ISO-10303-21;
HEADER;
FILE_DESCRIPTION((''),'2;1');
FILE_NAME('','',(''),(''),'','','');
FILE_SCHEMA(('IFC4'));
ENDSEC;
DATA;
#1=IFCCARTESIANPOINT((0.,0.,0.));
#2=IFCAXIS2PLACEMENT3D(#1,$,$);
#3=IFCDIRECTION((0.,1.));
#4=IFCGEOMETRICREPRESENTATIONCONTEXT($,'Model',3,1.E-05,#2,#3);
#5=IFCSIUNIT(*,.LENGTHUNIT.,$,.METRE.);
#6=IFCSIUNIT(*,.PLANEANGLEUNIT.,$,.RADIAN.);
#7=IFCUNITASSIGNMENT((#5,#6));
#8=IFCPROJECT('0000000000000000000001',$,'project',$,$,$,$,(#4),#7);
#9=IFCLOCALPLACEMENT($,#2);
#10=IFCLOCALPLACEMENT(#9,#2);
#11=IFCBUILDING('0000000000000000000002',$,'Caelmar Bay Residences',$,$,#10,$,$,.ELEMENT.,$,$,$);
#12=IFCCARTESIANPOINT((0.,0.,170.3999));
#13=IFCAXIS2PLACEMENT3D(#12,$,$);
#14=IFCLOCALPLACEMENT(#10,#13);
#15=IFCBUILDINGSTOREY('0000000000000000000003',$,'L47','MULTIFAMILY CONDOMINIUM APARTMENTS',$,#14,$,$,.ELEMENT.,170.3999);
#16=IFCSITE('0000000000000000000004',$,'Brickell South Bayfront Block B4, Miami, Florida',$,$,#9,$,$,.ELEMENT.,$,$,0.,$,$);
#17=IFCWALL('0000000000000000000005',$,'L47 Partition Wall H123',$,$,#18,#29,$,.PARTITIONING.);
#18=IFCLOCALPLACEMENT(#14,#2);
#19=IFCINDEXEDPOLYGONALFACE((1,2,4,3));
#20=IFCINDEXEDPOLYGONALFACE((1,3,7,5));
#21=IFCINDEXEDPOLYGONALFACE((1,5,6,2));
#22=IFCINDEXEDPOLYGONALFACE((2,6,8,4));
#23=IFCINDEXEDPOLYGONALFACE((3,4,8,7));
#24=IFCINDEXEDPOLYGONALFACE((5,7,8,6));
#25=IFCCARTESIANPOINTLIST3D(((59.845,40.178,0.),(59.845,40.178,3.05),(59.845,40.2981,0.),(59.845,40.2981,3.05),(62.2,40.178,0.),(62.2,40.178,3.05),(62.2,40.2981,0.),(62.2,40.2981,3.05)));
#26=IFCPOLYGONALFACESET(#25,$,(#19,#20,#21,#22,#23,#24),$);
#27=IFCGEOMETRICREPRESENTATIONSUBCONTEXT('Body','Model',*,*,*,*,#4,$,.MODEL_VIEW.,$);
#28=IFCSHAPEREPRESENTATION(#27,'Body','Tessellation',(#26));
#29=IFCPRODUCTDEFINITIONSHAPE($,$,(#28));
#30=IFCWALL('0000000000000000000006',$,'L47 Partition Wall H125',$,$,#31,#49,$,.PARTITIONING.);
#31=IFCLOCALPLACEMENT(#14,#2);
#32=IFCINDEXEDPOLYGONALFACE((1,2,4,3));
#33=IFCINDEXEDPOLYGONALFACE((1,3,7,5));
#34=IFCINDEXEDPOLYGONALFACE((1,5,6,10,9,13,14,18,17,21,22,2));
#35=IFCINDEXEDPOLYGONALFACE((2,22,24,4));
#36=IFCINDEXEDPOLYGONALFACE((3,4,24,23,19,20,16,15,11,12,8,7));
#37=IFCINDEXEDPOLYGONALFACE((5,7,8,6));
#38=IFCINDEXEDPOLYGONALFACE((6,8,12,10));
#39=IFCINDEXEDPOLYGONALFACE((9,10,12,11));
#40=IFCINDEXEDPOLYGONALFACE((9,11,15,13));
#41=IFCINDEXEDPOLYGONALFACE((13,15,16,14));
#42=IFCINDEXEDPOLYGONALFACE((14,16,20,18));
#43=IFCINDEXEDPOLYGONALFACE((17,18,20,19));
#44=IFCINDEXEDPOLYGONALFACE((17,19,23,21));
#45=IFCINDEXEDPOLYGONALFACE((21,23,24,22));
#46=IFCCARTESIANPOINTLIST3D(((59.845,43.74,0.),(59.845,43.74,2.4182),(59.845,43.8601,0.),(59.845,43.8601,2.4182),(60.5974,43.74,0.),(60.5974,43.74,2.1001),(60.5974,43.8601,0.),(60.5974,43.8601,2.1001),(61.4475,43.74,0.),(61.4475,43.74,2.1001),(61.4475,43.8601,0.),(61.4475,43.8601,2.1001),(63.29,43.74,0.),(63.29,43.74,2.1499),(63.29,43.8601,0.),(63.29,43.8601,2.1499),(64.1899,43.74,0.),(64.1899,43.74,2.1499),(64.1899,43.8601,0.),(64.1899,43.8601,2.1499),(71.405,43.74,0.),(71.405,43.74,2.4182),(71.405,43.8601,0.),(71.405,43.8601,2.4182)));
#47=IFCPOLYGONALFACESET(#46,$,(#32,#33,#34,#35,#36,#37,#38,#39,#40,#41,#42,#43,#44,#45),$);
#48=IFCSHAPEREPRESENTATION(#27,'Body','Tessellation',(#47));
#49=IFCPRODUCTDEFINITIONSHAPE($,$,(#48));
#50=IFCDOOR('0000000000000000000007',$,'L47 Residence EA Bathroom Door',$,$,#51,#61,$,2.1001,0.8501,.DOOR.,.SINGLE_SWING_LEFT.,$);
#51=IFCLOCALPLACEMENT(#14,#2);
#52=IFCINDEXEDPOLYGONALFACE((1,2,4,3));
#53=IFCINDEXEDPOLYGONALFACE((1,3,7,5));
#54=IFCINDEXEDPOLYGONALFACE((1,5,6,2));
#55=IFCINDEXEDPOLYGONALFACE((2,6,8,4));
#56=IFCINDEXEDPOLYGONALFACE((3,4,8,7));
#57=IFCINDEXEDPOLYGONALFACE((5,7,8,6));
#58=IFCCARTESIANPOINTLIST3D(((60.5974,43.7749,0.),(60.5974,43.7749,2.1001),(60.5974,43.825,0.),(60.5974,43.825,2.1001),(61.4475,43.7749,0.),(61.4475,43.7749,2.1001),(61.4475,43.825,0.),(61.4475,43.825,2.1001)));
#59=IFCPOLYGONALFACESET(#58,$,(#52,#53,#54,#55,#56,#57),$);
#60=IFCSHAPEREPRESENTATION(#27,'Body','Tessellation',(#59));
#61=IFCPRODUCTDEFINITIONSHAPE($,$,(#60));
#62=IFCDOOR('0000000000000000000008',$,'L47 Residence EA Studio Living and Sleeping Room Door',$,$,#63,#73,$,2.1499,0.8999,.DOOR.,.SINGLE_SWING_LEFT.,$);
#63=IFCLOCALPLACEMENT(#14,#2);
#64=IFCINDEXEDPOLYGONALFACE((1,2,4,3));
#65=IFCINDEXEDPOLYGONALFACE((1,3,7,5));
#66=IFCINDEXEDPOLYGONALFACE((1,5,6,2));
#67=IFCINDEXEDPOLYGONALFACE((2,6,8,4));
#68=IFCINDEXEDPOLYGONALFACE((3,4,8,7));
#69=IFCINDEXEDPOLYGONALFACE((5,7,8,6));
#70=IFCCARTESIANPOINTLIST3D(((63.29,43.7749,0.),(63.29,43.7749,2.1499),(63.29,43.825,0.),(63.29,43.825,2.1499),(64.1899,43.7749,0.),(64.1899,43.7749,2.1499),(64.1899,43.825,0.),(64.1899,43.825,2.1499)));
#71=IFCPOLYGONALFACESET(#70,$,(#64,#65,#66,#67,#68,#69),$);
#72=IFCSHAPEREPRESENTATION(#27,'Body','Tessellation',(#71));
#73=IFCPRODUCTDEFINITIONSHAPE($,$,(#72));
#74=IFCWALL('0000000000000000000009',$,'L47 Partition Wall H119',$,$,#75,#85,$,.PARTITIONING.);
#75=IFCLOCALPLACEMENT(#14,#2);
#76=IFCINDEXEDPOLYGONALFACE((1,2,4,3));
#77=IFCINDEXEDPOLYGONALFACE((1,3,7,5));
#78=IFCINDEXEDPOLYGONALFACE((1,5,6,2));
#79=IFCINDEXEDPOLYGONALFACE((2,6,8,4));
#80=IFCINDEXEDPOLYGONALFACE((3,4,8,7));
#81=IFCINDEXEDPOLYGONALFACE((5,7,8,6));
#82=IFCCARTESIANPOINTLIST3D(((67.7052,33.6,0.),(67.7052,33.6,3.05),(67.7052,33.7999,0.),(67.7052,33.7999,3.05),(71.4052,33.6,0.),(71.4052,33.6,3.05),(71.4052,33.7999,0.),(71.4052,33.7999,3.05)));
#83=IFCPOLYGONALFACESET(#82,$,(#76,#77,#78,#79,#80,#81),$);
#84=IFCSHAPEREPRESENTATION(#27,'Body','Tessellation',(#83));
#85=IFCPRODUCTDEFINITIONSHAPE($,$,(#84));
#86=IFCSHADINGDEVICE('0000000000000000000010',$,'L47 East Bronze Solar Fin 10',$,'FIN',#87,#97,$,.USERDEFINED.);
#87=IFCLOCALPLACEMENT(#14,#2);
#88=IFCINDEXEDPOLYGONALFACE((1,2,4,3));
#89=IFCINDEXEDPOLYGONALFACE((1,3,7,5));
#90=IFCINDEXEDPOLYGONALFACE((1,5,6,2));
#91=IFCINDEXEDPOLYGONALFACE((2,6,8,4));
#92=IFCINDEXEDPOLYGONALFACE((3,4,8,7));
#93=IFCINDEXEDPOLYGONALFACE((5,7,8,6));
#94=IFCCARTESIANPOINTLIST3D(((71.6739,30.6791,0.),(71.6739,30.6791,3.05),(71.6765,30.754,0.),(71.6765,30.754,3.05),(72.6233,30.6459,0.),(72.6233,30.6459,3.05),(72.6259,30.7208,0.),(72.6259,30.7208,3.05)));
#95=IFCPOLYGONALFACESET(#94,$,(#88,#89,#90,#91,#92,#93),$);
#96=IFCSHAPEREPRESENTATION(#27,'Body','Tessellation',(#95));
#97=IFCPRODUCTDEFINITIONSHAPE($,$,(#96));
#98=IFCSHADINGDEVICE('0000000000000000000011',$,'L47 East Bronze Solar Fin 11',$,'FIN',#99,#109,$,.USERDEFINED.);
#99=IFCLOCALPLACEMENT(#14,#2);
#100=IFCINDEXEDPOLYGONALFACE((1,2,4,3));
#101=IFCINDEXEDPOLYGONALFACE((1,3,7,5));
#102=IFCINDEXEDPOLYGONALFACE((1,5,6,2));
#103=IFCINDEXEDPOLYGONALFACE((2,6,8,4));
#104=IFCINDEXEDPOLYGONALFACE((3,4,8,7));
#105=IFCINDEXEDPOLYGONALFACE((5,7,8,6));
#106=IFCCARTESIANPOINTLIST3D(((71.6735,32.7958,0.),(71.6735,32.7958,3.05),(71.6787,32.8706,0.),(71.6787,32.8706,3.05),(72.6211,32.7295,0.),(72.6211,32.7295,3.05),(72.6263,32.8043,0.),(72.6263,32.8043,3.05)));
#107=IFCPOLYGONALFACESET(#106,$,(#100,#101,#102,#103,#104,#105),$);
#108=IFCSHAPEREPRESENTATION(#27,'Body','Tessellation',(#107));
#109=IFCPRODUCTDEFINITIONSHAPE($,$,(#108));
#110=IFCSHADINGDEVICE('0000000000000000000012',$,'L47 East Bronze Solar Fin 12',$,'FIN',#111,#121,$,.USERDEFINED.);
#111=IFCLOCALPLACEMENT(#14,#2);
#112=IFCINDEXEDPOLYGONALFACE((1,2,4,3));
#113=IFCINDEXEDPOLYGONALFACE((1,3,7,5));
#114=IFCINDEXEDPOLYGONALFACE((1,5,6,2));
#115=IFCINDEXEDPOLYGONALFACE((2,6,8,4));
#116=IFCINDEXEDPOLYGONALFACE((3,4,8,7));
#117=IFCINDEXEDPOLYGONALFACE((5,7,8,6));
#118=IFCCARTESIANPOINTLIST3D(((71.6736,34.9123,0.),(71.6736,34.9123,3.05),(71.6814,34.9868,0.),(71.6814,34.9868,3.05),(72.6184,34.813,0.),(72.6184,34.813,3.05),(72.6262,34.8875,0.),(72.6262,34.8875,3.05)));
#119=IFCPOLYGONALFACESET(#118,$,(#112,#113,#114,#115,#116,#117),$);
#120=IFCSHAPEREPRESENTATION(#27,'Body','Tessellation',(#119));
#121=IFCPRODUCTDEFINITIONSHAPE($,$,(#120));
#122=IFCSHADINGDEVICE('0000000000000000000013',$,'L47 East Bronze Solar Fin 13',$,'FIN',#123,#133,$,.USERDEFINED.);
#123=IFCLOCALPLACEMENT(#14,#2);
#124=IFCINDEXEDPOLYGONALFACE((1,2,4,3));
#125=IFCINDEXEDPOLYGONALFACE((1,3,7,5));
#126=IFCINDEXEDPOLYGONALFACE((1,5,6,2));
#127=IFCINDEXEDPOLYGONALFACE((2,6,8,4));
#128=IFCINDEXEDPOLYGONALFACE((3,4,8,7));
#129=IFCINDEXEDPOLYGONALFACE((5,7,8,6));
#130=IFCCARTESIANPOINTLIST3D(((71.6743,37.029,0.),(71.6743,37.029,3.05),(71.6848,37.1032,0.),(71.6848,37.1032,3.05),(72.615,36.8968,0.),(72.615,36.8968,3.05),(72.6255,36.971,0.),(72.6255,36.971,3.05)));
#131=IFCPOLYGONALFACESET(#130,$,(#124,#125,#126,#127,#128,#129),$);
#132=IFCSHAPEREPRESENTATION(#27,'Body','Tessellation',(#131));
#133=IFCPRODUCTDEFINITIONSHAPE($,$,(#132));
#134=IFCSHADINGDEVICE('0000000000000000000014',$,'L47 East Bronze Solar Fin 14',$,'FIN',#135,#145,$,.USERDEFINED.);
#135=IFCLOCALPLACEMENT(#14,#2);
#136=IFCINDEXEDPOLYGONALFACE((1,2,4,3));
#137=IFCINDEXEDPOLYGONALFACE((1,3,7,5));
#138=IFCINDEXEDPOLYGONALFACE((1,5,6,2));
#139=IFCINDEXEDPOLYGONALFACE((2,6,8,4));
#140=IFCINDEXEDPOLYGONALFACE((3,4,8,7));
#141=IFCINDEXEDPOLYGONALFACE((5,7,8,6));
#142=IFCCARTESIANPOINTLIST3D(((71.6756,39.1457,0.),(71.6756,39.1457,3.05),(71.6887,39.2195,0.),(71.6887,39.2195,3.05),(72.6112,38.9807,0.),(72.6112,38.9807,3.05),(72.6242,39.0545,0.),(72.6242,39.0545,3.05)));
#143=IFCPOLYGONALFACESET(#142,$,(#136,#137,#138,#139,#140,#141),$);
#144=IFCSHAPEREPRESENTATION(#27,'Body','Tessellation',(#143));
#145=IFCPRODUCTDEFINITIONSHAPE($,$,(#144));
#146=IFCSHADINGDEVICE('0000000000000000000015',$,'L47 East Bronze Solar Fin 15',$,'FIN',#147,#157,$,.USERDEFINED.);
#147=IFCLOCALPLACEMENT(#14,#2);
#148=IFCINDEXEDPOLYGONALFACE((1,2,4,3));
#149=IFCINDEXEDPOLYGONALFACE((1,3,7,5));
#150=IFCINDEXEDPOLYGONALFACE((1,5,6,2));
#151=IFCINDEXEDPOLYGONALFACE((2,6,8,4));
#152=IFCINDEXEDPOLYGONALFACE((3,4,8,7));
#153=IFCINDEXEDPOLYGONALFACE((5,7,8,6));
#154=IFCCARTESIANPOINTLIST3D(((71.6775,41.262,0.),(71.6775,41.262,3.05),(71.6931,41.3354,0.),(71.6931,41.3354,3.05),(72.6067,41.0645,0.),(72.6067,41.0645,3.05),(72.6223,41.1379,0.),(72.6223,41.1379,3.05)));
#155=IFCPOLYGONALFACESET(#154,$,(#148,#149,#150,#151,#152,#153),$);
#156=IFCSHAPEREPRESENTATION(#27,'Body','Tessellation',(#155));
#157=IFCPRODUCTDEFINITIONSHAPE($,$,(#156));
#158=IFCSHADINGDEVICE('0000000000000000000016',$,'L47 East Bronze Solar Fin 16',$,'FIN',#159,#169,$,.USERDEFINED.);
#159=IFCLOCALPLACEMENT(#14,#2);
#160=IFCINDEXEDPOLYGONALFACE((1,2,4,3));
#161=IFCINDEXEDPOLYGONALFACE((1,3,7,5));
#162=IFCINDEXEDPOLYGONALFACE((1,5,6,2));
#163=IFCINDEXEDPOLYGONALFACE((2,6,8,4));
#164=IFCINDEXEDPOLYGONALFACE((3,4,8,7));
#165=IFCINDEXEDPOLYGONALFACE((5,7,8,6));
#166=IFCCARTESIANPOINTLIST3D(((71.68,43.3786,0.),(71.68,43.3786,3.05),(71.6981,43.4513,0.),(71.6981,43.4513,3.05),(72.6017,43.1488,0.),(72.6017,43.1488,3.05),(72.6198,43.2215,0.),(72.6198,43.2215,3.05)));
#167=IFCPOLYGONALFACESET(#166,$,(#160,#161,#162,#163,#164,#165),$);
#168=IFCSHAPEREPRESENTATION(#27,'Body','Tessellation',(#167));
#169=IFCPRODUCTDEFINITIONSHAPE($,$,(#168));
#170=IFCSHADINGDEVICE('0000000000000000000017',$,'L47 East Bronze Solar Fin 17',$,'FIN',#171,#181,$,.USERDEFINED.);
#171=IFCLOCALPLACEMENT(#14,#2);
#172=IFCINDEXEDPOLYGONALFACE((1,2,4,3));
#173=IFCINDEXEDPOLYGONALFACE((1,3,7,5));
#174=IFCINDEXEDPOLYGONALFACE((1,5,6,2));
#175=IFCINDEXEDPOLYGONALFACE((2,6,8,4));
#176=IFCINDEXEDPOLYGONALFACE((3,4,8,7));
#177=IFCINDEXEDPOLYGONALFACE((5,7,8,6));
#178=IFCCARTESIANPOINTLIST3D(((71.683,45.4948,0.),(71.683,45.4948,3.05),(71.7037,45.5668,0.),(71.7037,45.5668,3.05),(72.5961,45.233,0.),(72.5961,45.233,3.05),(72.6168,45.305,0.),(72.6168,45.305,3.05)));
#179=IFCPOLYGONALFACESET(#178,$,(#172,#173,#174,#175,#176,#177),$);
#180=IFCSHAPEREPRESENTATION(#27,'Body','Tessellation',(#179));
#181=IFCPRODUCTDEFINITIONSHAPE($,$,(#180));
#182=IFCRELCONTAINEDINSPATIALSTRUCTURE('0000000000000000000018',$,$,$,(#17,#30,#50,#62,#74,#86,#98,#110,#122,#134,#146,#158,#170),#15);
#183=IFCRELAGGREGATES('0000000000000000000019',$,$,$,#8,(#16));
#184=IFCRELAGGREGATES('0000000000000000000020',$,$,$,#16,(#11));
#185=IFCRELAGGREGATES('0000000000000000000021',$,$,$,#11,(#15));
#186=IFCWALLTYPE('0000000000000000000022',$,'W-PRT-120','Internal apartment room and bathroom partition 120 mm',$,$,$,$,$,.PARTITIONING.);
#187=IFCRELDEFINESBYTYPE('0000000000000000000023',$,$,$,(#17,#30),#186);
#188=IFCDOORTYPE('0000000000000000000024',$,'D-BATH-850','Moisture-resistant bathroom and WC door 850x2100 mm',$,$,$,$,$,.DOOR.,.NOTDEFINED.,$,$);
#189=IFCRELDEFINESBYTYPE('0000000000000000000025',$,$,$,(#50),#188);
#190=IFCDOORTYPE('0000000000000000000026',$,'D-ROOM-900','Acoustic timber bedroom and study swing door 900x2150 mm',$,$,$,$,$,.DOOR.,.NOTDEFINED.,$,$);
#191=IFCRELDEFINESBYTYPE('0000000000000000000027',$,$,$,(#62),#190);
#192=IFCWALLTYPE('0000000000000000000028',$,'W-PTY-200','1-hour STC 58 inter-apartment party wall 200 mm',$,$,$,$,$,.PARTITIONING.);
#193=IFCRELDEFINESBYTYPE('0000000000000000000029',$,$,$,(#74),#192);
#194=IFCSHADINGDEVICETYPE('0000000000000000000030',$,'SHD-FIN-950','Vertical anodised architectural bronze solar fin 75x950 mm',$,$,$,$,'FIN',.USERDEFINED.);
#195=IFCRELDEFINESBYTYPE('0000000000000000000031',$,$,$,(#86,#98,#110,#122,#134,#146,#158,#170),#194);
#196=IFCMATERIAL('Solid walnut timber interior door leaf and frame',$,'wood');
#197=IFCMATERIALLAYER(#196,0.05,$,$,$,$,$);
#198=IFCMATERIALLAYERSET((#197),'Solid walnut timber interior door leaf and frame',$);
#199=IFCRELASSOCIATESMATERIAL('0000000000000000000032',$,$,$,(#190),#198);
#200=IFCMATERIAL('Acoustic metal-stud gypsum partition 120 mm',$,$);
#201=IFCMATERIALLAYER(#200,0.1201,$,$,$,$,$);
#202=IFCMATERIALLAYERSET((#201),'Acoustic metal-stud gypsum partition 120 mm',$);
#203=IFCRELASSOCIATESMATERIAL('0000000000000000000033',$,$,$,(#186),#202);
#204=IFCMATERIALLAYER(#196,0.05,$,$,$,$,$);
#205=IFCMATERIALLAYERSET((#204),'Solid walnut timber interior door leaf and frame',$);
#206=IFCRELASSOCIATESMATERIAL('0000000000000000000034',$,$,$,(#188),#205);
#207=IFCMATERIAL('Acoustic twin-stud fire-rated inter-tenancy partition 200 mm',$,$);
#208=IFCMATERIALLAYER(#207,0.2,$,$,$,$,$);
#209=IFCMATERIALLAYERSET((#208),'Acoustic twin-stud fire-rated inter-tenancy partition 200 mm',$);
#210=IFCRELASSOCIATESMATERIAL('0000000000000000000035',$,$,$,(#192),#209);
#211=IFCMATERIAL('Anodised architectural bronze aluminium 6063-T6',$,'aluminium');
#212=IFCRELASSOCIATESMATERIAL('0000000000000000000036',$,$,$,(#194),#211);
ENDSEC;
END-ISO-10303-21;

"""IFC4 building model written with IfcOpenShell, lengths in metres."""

from ifc_helpers import new_model, si_unit, direction, frame, frame_2d, origin, origin_2d, place, context, subcontext, project, spatial, rectangle, extrude, material, layer, layer_set, material_profile, profile_set, type_object, element, fill, save


model = new_model("IFC4")

# Units and contexts
model_context = context("Model", 3, precision=1e-05, world=origin(), true_north=direction((0.0, 1.0)))
body_context = subcontext(model_context, "Body", "Model", "MODEL_VIEW")
ifc_project = project(units=[si_unit("LENGTHUNIT", "METRE"), si_unit("PLANEANGLEUNIT", "RADIAN")], contexts=[model_context])

# Site, building, storey
site_placement = place(None, origin())
site = spatial("IfcSite", under=ifc_project, at=site_placement, Name="Brickell South Bayfront Block B4, Miami, Florida", CompositionType="ELEMENT", RefElevation=0.0)
building_placement = place(site_placement, origin())
building = spatial("IfcBuilding", under=site, at=building_placement, Name="Caelmar Bay Residences", CompositionType="ELEMENT")
storey_placement = place(building_placement, frame((0.0, 0.0, 170.3999)))
storey = spatial("IfcBuildingStorey", under=building, at=storey_placement, Name="L47", Description="MULTIFAMILY CONDOMINIUM APARTMENTS", CompositionType="ELEMENT", Elevation=170.3999)

# Shared definitions
ifc_material_1 = material(Name="Solid walnut timber interior door leaf and frame", Category="wood")
ifc_layer_1 = layer(ifc_material_1, 0.05)
ifc_layer_set_1 = layer_set([ifc_layer_1], Name="Solid walnut timber interior door leaf and frame")
door_type_1 = type_object("IfcDoorType", Name="D-ROOM-900", Description="Acoustic timber bedroom and study swing door 900x2150 mm", OperationType="NOTDEFINED", PredefinedType="DOOR", material=ifc_layer_set_1)
ifc_material_2 = material(Name="Acoustic metal-stud gypsum partition 120 mm")
ifc_layer_2 = layer(ifc_material_2, 0.1201)
ifc_layer_set_2 = layer_set([ifc_layer_2], Name="Acoustic metal-stud gypsum partition 120 mm")
wall_type_1 = type_object("IfcWallType", Name="W-PRT-120", Description="Internal apartment room and bathroom partition 120 mm", PredefinedType="PARTITIONING", material=ifc_layer_set_2)
ifc_layer_3 = layer(ifc_material_1, 0.05)
ifc_layer_set_3 = layer_set([ifc_layer_3], Name="Solid walnut timber interior door leaf and frame")
door_type_2 = type_object("IfcDoorType", Name="D-BATH-850", Description="Moisture-resistant bathroom and WC door 850x2100 mm", OperationType="NOTDEFINED", PredefinedType="DOOR", material=ifc_layer_set_3)

# Wall
wall_1_placement = place(storey_placement, frame((59.845, 40.238, 0.0), z_axis=(0.0, 0.0, 1.0), x_axis=(1.0, 0.0, 0.0)))
element("IfcWall", 1, at=wall_1_placement, inside=storey, type_object=wall_type_1, Name="L47 Partition Wall H123", PredefinedType="PARTITIONING", context=body_context, shape_type="SweptSolid", body=[
    extrude(rectangle(XDim=2.355, YDim=0.1201, at=frame_2d((1.1775, 0.0))), origin(), (0.0, 0.0, 1.0), 3.05),
])

# Wall, openings, doors
wall_2_placement = place(storey_placement, frame((59.845, 43.8, 0.0), z_axis=(0.0, 0.0, 1.0), x_axis=(1.0, 0.0, 0.0)))
wall_2 = element("IfcWall", 2, at=wall_2_placement, inside=storey, type_object=wall_type_1, Name="L47 Partition Wall H125", PredefinedType="PARTITIONING", context=body_context, shape_type="SweptSolid", body=[
    extrude(rectangle(XDim=11.5601, YDim=0.1201, at=frame_2d((5.78, 0.0))), origin(), (0.0, 0.0, 1.0), 2.4182),
])
opening_1_placement = place(wall_2_placement, frame((3.4451, 0.0, 0.0)))
opening_1 = element("IfcOpeningElement", 3, at=opening_1_placement, cuts=wall_2, PredefinedType="OPENING", context=body_context, shape_type="SweptSolid", body=[
    extrude(rectangle(XDim=0.8999, YDim=2.1499, at=frame_2d((0.45, 1.075))), frame((0.0, 0.0701, 0.0), z_axis=(0.0, -1.0, 0.0), x_axis=(1.0, 0.0, 0.0)), (0.0, 0.0, 1.0), 0.1401),
])
opening_2_placement = place(wall_2_placement, frame((0.7524, 0.0, 0.0)))
opening_2 = element("IfcOpeningElement", 4, at=opening_2_placement, cuts=wall_2, PredefinedType="OPENING", context=body_context, shape_type="SweptSolid", body=[
    extrude(rectangle(XDim=0.8501, YDim=2.1001, at=frame_2d((0.425, 1.05))), frame((0.0, 0.0701, 0.0), z_axis=(0.0, -1.0, 0.0), x_axis=(1.0, 0.0, 0.0)), (0.0, 0.0, 1.0), 0.1401),
])
door_1_placement = place(opening_2_placement, origin())
door_1 = element("IfcDoor", 5, at=door_1_placement, inside=storey, type_object=door_type_2, Name="L47 Residence EA Bathroom Door", OperationType="SINGLE_SWING_LEFT", OverallHeight=2.1001, OverallWidth=0.8501, PredefinedType="DOOR", context=body_context, shape_type="SweptSolid", body=[
    extrude(rectangle(XDim=0.8501, YDim=2.1001, at=frame_2d((0.425, 1.05))), frame((0.0, 0.0249, 0.0), z_axis=(0.0, -1.0, 0.0), x_axis=(1.0, 0.0, 0.0)), (0.0, 0.0, 1.0), 0.05),
])
fill(opening_2, door_1)
door_2_placement = place(opening_1_placement, origin())
door_2 = element("IfcDoor", 6, at=door_2_placement, inside=storey, type_object=door_type_1, Name="L47 Residence EA Studio Living and Sleeping Room Door", OperationType="SINGLE_SWING_LEFT", OverallHeight=2.1499, OverallWidth=0.8999, PredefinedType="DOOR", context=body_context, shape_type="SweptSolid", body=[
    extrude(rectangle(XDim=0.8999, YDim=2.1499, at=frame_2d((0.45, 1.075))), frame((0.0, 0.0249, 0.0), z_axis=(0.0, -1.0, 0.0), x_axis=(1.0, 0.0, 0.0)), (0.0, 0.0, 1.0), 0.05),
])
fill(opening_1, door_2)

# Wall
ifc_material_3 = material(Name="Acoustic twin-stud fire-rated inter-tenancy partition 200 mm")
ifc_layer_4 = layer(ifc_material_3, 0.2)
ifc_layer_set_4 = layer_set([ifc_layer_4], Name="Acoustic twin-stud fire-rated inter-tenancy partition 200 mm")
wall_type_2 = type_object("IfcWallType", Name="W-PTY-200", Description="1-hour STC 58 inter-apartment party wall 200 mm", PredefinedType="PARTITIONING", material=ifc_layer_set_4)
wall_3_placement = place(storey_placement, frame((67.7051, 33.7, 0.0), z_axis=(0.0, 0.0, 1.0), x_axis=(1.0, 0.0, 0.0)))
element("IfcWall", 7, at=wall_3_placement, inside=storey, type_object=wall_type_2, Name="L47 Partition Wall H119", PredefinedType="PARTITIONING", context=body_context, shape_type="SweptSolid", body=[
    extrude(rectangle(XDim=3.7, YDim=0.2, at=frame_2d((1.8501, 0.0))), origin(), (0.0, 0.0, 1.0), 3.05),
])

# Shading devices
ifc_material_4 = material(Name="Anodised architectural bronze aluminium 6063-T6", Category="aluminium")
ifc_material_profile_1 = material_profile(ifc_material_4, rectangle(XDim=0.075, YDim=0.95, at=origin_2d()), Name="BRONZE-FIN-75X950")
ifc_profile_set_1 = profile_set([ifc_material_profile_1], Name="Anodised architectural bronze aluminium 6063-T6")
shading_device_type = type_object("IfcShadingDeviceType", Name="SHD-FIN-950", Description="Vertical anodised architectural bronze solar fin 75x950 mm", ElementType="FIN", PredefinedType="USERDEFINED", material=ifc_profile_set_1)
for number, where, z_axis, x_axis, name in (
    (8, (72.1499, 30.7, 0.0), (0.0, 0.0, 1.0), (0.034899, 0.999391, 0.0), "L47 East Bronze Solar Fin 10"),
    (9, (72.1499, 32.8, 0.0), (0.0, 0.0, 1.0), (0.069756, 0.997564, 0.0), "L47 East Bronze Solar Fin 11"),
    (10, (72.1499, 34.8999, 0.0), (0.0, 0.0, 1.0), (0.104528, 0.994522, 0.0), "L47 East Bronze Solar Fin 12"),
    (11, (72.1499, 37.0, 0.0), (0.0, 0.0, 1.0), (0.139173, 0.990268, 0.0), "L47 East Bronze Solar Fin 13"),
    (12, (72.1499, 39.1001, 0.0), (0.0, 0.0, 1.0), (0.173648, 0.984808, 0.0), "L47 East Bronze Solar Fin 14"),
    (13, (72.1499, 41.2, 0.0), (0.0, 0.0, 1.0), (0.207912, 0.978148, 0.0), "L47 East Bronze Solar Fin 15"),
    (14, (72.1499, 43.3, 0.0), (0.0, 0.0, 1.0), (0.241922, 0.970296, 0.0), "L47 East Bronze Solar Fin 16"),
    (15, (72.1499, 45.3999, 0.0), (0.0, 0.0, 1.0), (0.275637, 0.961262, 0.0), "L47 East Bronze Solar Fin 17"),
):
    element("IfcShadingDevice", number, at=place(storey_placement, frame(where, z_axis=z_axis, x_axis=x_axis)), inside=storey, type_object=shading_device_type, Name=name, ObjectType="FIN", PredefinedType="USERDEFINED", context=body_context, shape_type="SweptSolid", body=[
        extrude(rectangle(XDim=0.075, YDim=0.95, at=origin_2d()), origin(), (0.0, 0.0, 1.0), 3.05),
    ])

save(model, "model.ifc")
